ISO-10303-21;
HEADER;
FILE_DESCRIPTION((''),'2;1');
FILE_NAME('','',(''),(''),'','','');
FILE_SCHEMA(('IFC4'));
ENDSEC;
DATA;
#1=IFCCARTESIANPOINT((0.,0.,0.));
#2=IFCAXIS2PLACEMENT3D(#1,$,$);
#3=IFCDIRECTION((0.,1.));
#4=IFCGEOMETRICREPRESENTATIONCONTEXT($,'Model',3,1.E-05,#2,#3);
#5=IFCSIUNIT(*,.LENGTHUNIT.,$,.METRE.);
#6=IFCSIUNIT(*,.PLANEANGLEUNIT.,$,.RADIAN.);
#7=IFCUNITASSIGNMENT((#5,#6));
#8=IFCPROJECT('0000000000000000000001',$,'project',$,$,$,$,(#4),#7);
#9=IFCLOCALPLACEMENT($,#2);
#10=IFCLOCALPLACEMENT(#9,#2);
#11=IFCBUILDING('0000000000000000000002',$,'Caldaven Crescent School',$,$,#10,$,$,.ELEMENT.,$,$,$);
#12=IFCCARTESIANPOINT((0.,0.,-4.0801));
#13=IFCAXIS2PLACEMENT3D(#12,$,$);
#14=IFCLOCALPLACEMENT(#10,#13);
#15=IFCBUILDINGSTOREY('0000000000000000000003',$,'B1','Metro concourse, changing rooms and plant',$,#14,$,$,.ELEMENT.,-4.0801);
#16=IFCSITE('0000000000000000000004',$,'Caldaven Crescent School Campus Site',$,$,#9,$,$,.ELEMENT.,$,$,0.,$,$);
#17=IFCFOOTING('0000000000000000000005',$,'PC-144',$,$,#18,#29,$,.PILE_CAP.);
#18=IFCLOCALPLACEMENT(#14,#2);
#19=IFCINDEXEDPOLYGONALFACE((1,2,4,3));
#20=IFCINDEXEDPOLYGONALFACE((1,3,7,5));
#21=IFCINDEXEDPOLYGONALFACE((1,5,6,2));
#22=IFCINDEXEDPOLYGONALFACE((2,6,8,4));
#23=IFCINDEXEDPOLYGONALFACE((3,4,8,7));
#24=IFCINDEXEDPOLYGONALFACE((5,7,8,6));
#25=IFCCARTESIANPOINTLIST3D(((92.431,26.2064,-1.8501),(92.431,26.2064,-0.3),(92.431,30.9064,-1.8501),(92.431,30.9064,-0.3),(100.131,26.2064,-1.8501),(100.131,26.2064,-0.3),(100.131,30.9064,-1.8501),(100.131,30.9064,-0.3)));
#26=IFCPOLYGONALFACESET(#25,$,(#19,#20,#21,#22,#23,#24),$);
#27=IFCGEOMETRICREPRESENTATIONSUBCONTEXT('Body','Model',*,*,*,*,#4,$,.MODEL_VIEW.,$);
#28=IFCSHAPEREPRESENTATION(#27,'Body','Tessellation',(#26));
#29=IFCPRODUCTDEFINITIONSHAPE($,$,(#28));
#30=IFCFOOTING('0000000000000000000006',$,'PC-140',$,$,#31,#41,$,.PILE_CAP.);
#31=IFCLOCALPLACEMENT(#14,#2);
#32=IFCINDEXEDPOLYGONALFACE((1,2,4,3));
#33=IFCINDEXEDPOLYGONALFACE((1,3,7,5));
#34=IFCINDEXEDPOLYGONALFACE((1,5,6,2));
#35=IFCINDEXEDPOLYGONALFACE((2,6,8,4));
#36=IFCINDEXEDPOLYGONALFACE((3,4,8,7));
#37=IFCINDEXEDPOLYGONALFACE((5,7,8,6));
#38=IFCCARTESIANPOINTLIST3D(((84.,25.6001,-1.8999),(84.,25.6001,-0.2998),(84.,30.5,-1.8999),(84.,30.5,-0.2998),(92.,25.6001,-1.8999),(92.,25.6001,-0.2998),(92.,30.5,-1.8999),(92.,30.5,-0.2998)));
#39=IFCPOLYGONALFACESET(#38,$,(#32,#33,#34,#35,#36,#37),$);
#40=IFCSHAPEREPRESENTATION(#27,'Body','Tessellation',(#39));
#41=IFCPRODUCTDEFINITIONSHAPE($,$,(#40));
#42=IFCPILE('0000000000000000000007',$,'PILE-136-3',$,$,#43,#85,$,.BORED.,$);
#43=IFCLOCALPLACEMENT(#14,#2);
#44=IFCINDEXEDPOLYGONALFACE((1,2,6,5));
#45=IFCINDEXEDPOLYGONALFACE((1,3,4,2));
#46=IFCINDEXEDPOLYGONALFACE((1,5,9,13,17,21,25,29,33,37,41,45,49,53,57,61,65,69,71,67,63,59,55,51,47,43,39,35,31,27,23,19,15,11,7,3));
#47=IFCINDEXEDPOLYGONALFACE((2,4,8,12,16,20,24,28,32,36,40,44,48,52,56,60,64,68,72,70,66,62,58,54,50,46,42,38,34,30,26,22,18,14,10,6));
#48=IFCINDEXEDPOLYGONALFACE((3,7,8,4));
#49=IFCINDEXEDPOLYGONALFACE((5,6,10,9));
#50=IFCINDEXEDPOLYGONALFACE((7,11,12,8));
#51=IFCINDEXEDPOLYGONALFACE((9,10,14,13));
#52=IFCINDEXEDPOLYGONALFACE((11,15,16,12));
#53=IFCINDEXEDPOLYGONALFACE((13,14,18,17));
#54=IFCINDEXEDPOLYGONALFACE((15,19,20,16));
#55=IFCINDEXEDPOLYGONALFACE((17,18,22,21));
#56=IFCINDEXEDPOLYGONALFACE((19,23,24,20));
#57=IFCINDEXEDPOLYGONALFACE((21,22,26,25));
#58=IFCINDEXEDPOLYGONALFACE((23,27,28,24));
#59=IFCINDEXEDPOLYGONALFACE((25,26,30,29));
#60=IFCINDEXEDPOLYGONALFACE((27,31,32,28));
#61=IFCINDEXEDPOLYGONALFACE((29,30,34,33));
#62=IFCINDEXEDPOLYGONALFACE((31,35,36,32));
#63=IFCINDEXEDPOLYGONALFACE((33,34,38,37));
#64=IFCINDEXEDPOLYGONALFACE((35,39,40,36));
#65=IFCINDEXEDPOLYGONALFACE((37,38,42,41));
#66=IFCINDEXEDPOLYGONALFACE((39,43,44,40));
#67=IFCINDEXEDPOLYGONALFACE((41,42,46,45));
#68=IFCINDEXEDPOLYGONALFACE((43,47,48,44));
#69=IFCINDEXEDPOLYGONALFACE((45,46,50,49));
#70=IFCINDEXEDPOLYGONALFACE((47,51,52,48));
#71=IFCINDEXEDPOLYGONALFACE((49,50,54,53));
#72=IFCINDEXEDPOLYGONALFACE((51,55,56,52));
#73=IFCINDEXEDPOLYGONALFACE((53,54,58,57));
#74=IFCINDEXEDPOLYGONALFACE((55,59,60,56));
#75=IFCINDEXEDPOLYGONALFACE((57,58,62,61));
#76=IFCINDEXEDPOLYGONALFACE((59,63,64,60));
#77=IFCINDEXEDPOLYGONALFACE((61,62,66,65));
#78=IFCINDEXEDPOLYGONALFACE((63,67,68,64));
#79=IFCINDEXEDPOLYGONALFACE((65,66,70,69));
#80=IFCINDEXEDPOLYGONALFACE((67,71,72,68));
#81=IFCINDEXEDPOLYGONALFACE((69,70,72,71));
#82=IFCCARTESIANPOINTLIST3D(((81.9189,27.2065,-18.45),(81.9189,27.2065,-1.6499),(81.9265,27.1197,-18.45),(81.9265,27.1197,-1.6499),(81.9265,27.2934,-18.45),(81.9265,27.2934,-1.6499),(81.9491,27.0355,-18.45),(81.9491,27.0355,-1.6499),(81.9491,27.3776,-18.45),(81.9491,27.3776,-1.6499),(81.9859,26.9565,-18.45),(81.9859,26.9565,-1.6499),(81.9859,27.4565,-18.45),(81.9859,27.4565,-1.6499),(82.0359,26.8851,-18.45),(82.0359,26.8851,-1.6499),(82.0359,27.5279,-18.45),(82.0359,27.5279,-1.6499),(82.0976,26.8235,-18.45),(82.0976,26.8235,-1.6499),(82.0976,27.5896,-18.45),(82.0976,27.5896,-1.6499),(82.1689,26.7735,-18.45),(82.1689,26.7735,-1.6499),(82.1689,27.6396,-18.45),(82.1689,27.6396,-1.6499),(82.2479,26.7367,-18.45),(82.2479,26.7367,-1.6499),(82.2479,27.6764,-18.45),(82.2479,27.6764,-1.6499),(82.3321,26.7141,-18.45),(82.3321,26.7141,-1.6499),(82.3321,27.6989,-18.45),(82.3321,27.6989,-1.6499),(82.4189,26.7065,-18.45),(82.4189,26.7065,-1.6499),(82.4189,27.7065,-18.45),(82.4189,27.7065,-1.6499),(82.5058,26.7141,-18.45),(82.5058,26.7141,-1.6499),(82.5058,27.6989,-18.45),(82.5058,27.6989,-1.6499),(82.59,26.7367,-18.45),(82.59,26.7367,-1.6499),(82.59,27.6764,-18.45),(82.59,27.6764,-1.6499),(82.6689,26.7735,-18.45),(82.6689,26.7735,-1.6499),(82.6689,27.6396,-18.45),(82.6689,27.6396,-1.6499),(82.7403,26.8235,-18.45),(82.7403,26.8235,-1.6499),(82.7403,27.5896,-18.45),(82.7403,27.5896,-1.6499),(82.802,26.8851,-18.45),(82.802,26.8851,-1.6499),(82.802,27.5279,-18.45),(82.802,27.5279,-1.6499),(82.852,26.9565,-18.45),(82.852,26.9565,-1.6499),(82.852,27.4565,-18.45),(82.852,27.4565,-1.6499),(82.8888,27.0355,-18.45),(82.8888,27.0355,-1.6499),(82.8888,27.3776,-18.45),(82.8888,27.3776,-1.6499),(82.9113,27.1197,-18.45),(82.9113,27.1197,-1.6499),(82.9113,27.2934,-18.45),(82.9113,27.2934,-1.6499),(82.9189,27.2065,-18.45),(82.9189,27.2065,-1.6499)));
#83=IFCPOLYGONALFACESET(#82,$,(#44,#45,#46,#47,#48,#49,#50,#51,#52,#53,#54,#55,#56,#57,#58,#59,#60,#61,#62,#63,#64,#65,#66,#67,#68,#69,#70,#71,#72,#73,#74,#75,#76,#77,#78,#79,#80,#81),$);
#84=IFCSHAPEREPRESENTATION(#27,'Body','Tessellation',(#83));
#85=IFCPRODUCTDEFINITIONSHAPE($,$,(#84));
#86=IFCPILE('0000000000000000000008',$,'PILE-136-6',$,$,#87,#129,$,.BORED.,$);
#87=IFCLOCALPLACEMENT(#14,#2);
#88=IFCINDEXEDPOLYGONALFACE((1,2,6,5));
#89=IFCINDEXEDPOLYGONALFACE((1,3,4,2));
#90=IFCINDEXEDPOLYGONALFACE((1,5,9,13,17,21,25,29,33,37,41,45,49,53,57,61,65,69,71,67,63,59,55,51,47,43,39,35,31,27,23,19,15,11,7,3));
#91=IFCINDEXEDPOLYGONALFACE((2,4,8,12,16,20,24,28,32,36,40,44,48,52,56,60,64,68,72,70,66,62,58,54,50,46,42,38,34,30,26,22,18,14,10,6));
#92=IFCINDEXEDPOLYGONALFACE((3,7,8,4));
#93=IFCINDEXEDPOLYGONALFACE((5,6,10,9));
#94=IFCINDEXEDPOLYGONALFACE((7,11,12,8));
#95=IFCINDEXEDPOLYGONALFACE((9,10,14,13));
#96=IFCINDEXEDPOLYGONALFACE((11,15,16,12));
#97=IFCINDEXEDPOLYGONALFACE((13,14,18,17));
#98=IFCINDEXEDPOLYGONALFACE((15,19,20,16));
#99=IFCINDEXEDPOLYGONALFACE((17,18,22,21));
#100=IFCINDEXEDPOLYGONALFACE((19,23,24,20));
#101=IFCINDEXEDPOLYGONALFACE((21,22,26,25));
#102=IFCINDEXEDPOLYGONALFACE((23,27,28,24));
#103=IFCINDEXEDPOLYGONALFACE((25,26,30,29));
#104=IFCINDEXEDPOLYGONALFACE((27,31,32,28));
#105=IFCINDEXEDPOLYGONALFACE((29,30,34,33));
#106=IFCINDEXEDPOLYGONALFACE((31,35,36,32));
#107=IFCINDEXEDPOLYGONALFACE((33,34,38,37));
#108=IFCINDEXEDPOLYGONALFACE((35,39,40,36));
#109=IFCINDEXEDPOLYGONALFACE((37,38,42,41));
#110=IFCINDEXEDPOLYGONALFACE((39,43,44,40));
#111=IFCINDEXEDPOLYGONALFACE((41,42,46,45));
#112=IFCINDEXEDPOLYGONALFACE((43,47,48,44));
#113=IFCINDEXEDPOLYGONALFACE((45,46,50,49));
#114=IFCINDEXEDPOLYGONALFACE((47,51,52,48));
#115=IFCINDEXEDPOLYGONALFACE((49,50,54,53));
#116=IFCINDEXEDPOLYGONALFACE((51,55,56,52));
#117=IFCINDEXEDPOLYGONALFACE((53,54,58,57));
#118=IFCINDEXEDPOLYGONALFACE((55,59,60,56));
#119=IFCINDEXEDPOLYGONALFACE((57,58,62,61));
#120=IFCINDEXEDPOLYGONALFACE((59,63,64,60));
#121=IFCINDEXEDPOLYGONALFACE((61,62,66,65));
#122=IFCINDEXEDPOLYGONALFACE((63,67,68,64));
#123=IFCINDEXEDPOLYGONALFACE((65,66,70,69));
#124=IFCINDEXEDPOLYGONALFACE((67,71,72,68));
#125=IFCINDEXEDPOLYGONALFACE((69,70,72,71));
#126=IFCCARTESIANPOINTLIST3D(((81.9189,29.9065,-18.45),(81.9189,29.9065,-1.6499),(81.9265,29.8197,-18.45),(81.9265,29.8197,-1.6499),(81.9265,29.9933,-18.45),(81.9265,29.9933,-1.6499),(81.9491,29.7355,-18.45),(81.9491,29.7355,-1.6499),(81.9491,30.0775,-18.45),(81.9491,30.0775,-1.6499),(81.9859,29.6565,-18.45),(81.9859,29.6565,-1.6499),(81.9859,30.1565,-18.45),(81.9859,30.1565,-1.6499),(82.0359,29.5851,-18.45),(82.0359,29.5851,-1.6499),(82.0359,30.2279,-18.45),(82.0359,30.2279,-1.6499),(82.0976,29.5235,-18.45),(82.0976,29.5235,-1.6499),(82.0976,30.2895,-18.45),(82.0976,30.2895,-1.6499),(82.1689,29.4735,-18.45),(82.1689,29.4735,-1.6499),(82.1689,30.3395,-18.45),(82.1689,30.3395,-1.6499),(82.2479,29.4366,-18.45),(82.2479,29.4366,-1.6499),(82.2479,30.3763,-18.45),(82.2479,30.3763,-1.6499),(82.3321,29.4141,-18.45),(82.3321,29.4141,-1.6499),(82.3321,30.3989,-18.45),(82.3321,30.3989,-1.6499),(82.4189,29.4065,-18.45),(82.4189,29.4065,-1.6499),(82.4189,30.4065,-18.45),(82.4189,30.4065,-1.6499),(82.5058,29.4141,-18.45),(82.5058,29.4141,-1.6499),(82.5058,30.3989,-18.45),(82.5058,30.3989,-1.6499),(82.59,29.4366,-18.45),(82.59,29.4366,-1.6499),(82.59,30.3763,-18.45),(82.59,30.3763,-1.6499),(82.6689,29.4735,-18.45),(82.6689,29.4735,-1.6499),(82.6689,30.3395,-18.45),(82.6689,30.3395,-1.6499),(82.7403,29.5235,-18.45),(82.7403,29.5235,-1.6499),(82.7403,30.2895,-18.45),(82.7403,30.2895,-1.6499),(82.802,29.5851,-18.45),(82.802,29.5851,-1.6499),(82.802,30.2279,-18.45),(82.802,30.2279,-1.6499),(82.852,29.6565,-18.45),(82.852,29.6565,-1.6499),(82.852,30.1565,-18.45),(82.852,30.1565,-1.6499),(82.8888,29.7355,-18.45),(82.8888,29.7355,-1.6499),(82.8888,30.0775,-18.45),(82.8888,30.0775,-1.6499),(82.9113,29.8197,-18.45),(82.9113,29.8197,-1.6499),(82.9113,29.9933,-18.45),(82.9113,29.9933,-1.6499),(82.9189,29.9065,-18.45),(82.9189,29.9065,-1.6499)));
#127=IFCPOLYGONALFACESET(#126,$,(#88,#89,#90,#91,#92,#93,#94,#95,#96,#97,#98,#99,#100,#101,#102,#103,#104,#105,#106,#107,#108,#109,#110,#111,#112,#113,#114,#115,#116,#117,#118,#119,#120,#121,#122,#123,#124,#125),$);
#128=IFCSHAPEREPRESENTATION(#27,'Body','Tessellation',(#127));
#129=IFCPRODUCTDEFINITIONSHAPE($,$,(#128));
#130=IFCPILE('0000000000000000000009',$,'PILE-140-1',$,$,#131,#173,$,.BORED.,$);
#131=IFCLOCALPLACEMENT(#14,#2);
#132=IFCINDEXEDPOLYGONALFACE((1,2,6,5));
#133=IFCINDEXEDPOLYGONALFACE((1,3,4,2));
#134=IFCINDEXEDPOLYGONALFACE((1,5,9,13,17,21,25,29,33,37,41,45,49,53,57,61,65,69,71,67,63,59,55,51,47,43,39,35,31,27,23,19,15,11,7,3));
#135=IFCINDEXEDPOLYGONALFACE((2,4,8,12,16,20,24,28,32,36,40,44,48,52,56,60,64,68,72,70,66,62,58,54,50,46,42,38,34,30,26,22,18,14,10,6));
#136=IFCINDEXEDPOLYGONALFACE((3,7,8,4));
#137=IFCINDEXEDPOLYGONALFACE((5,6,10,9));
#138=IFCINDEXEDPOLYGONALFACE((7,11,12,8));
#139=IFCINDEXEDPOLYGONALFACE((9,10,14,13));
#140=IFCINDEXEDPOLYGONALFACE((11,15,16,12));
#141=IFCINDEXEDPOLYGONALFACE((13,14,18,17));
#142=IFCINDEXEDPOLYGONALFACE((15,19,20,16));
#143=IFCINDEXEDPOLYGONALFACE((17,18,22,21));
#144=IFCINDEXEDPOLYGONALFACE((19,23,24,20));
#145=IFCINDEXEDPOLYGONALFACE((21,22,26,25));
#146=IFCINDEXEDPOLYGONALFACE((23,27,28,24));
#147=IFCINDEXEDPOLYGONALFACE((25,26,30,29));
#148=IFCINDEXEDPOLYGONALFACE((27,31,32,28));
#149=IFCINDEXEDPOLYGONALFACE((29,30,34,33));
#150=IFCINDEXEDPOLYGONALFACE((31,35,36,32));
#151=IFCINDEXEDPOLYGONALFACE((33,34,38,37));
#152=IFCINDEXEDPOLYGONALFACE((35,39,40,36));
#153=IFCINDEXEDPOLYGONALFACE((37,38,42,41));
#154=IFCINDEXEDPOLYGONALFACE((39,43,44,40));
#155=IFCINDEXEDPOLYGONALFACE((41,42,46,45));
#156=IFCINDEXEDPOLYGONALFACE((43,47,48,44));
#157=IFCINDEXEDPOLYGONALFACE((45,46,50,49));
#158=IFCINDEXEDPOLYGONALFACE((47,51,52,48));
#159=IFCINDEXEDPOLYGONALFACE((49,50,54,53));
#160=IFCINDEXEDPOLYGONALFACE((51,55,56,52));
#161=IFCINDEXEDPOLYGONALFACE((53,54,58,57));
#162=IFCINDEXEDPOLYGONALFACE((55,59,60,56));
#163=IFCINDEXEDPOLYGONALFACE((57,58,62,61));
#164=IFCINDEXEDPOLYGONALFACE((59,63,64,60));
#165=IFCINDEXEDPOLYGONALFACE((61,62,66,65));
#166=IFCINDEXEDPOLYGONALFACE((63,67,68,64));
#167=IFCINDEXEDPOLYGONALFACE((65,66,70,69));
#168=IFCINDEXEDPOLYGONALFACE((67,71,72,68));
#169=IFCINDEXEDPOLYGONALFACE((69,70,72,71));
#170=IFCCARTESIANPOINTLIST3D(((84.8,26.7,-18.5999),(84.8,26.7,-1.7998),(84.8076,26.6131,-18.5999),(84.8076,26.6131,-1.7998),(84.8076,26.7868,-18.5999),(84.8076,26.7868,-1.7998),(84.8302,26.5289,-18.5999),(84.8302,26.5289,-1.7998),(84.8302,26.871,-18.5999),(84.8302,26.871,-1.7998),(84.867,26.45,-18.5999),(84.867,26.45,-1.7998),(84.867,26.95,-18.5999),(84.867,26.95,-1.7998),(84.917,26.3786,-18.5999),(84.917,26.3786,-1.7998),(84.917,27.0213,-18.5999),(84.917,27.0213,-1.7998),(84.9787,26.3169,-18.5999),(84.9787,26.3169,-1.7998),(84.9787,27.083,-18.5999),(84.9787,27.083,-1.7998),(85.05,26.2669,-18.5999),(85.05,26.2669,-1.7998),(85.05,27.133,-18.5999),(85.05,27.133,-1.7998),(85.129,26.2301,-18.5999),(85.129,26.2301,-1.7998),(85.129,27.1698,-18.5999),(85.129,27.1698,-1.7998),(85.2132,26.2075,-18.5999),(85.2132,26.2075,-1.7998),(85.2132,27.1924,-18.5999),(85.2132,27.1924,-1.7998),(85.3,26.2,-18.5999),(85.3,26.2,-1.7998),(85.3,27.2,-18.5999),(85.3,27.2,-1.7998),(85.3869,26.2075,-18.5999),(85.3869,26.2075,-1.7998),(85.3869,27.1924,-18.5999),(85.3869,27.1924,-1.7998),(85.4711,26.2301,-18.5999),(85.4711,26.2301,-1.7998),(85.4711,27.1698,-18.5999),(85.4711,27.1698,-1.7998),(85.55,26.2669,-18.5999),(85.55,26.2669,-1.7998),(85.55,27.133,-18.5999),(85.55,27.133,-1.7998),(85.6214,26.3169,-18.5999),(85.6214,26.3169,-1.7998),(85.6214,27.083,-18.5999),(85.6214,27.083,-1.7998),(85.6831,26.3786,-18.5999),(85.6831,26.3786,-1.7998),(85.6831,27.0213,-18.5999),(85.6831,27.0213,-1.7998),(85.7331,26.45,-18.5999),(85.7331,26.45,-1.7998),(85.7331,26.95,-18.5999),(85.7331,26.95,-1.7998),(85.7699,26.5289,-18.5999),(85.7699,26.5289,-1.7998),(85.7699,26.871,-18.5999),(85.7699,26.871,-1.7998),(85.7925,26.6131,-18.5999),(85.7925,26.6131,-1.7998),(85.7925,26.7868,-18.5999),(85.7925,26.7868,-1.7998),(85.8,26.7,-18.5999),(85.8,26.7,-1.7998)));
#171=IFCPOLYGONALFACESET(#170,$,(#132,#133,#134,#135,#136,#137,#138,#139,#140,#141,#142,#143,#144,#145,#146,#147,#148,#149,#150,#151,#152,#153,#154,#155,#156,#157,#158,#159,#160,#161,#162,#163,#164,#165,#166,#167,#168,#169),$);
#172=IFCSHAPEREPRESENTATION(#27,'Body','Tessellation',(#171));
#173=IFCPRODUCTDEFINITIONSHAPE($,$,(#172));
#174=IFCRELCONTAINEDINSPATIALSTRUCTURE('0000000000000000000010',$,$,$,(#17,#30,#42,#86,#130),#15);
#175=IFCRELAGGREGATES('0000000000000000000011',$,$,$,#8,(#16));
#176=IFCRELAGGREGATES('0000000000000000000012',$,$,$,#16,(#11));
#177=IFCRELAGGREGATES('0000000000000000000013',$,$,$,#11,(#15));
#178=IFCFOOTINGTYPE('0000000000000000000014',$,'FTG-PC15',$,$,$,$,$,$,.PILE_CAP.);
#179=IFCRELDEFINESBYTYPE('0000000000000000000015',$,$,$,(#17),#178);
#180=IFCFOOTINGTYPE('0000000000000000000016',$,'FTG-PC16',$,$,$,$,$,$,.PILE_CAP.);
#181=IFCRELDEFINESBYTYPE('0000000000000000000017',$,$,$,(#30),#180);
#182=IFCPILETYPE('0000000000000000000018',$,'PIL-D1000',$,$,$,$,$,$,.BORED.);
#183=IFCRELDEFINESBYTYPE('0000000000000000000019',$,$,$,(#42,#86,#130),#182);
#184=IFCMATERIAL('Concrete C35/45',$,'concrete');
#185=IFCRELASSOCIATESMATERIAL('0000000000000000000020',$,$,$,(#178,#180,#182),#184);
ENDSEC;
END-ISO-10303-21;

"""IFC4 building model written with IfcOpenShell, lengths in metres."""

from ifc_helpers import new_model, si_unit, direction, frame, origin, origin_2d, place, context, subcontext, project, spatial, rectangle, circle, extrude, material, material_profile, profile_set, type_object, element, save


model = new_model("IFC4")

# Units and contexts
model_context = context("Model", 3, precision=1e-05, world=origin(), true_north=direction((0.0, 1.0)))
body_context = subcontext(model_context, "Body", "Model", "MODEL_VIEW")
ifc_project = project(units=[si_unit("LENGTHUNIT", "METRE"), si_unit("PLANEANGLEUNIT", "RADIAN")], contexts=[model_context])

# Site, building, storey
site_placement = place(None, origin())
site = spatial("IfcSite", under=ifc_project, at=site_placement, Name="Caldaven Crescent School Campus Site", CompositionType="ELEMENT", RefElevation=0.0)
building_placement = place(site_placement, origin())
building = spatial("IfcBuilding", under=site, at=building_placement, Name="Caldaven Crescent School", CompositionType="ELEMENT")
storey_placement = place(building_placement, frame((0.0, 0.0, -4.0801)))
storey = spatial("IfcBuildingStorey", under=building, at=storey_placement, Name="B1", Description="Metro concourse, changing rooms and plant", CompositionType="ELEMENT", Elevation=-4.0801)

# Footings
ifc_material_1 = material(Name="Concrete C35/45", Category="concrete")
footing_type_1 = type_object("IfcFootingType", Name="FTG-PC15", PredefinedType="PILE_CAP", material=ifc_material_1)
footing_1_placement = place(storey_placement, frame((96.281, 28.5564, -1.8501), z_axis=(0.0, 0.0, 1.0), x_axis=(1.0, 0.0, 0.0)))
element("IfcFooting", 1, at=footing_1_placement, inside=storey, type_object=footing_type_1, Name="PC-144", PredefinedType="PILE_CAP", context=body_context, shape_type="SweptSolid", body=[
    extrude(rectangle(XDim=7.7, YDim=4.7, at=origin_2d()), origin(), (0.0, 0.0, 1.0), 1.55),
])
footing_type_2 = type_object("IfcFootingType", Name="FTG-PC16", PredefinedType="PILE_CAP", material=ifc_material_1)
footing_2_placement = place(storey_placement, frame((88.0, 28.05, -1.8999), z_axis=(0.0, 0.0, 1.0), x_axis=(1.0, 0.0, 0.0)))
element("IfcFooting", 2, at=footing_2_placement, inside=storey, type_object=footing_type_2, Name="PC-140", PredefinedType="PILE_CAP", context=body_context, shape_type="SweptSolid", body=[
    extrude(rectangle(XDim=8.0, YDim=4.8999, at=origin_2d()), origin(), (0.0, 0.0, 1.0), 1.6001),
])

# Piles
ifc_material_profile_1 = material_profile(ifc_material_1, circle(Radius=0.5, at=origin_2d()), Name="PILE D1000")
ifc_profile_set_1 = profile_set([ifc_material_profile_1], Name="Concrete C35/45")
pile_type_1 = type_object("IfcPileType", Name="PIL-D1000", PredefinedType="BORED", material=ifc_profile_set_1)
for number, where, z_axis, x_axis, name in (
    (3, (82.4189, 27.2065, -1.6499), (0.0, 0.0, -1.0), (1.0, 0.0, 0.0), "PILE-136-3"),
    (4, (82.4189, 29.9065, -1.6499), (0.0, 0.0, -1.0), (1.0, 0.0, 0.0), "PILE-136-6"),
    (5, (85.3, 26.7, -1.7998), (0.0, 0.0, -1.0), (1.0, 0.0, 0.0), "PILE-140-1"),
):
    element("IfcPile", number, at=place(storey_placement, frame(where, z_axis=z_axis, x_axis=x_axis)), inside=storey, type_object=pile_type_1, Name=name, PredefinedType="BORED", context=body_context, shape_type="SweptSolid", body=[
        extrude(circle(Radius=0.5, at=origin_2d()), origin(), (0.0, 0.0, 1.0), 16.8),
    ])

save(model, "model.ifc")
